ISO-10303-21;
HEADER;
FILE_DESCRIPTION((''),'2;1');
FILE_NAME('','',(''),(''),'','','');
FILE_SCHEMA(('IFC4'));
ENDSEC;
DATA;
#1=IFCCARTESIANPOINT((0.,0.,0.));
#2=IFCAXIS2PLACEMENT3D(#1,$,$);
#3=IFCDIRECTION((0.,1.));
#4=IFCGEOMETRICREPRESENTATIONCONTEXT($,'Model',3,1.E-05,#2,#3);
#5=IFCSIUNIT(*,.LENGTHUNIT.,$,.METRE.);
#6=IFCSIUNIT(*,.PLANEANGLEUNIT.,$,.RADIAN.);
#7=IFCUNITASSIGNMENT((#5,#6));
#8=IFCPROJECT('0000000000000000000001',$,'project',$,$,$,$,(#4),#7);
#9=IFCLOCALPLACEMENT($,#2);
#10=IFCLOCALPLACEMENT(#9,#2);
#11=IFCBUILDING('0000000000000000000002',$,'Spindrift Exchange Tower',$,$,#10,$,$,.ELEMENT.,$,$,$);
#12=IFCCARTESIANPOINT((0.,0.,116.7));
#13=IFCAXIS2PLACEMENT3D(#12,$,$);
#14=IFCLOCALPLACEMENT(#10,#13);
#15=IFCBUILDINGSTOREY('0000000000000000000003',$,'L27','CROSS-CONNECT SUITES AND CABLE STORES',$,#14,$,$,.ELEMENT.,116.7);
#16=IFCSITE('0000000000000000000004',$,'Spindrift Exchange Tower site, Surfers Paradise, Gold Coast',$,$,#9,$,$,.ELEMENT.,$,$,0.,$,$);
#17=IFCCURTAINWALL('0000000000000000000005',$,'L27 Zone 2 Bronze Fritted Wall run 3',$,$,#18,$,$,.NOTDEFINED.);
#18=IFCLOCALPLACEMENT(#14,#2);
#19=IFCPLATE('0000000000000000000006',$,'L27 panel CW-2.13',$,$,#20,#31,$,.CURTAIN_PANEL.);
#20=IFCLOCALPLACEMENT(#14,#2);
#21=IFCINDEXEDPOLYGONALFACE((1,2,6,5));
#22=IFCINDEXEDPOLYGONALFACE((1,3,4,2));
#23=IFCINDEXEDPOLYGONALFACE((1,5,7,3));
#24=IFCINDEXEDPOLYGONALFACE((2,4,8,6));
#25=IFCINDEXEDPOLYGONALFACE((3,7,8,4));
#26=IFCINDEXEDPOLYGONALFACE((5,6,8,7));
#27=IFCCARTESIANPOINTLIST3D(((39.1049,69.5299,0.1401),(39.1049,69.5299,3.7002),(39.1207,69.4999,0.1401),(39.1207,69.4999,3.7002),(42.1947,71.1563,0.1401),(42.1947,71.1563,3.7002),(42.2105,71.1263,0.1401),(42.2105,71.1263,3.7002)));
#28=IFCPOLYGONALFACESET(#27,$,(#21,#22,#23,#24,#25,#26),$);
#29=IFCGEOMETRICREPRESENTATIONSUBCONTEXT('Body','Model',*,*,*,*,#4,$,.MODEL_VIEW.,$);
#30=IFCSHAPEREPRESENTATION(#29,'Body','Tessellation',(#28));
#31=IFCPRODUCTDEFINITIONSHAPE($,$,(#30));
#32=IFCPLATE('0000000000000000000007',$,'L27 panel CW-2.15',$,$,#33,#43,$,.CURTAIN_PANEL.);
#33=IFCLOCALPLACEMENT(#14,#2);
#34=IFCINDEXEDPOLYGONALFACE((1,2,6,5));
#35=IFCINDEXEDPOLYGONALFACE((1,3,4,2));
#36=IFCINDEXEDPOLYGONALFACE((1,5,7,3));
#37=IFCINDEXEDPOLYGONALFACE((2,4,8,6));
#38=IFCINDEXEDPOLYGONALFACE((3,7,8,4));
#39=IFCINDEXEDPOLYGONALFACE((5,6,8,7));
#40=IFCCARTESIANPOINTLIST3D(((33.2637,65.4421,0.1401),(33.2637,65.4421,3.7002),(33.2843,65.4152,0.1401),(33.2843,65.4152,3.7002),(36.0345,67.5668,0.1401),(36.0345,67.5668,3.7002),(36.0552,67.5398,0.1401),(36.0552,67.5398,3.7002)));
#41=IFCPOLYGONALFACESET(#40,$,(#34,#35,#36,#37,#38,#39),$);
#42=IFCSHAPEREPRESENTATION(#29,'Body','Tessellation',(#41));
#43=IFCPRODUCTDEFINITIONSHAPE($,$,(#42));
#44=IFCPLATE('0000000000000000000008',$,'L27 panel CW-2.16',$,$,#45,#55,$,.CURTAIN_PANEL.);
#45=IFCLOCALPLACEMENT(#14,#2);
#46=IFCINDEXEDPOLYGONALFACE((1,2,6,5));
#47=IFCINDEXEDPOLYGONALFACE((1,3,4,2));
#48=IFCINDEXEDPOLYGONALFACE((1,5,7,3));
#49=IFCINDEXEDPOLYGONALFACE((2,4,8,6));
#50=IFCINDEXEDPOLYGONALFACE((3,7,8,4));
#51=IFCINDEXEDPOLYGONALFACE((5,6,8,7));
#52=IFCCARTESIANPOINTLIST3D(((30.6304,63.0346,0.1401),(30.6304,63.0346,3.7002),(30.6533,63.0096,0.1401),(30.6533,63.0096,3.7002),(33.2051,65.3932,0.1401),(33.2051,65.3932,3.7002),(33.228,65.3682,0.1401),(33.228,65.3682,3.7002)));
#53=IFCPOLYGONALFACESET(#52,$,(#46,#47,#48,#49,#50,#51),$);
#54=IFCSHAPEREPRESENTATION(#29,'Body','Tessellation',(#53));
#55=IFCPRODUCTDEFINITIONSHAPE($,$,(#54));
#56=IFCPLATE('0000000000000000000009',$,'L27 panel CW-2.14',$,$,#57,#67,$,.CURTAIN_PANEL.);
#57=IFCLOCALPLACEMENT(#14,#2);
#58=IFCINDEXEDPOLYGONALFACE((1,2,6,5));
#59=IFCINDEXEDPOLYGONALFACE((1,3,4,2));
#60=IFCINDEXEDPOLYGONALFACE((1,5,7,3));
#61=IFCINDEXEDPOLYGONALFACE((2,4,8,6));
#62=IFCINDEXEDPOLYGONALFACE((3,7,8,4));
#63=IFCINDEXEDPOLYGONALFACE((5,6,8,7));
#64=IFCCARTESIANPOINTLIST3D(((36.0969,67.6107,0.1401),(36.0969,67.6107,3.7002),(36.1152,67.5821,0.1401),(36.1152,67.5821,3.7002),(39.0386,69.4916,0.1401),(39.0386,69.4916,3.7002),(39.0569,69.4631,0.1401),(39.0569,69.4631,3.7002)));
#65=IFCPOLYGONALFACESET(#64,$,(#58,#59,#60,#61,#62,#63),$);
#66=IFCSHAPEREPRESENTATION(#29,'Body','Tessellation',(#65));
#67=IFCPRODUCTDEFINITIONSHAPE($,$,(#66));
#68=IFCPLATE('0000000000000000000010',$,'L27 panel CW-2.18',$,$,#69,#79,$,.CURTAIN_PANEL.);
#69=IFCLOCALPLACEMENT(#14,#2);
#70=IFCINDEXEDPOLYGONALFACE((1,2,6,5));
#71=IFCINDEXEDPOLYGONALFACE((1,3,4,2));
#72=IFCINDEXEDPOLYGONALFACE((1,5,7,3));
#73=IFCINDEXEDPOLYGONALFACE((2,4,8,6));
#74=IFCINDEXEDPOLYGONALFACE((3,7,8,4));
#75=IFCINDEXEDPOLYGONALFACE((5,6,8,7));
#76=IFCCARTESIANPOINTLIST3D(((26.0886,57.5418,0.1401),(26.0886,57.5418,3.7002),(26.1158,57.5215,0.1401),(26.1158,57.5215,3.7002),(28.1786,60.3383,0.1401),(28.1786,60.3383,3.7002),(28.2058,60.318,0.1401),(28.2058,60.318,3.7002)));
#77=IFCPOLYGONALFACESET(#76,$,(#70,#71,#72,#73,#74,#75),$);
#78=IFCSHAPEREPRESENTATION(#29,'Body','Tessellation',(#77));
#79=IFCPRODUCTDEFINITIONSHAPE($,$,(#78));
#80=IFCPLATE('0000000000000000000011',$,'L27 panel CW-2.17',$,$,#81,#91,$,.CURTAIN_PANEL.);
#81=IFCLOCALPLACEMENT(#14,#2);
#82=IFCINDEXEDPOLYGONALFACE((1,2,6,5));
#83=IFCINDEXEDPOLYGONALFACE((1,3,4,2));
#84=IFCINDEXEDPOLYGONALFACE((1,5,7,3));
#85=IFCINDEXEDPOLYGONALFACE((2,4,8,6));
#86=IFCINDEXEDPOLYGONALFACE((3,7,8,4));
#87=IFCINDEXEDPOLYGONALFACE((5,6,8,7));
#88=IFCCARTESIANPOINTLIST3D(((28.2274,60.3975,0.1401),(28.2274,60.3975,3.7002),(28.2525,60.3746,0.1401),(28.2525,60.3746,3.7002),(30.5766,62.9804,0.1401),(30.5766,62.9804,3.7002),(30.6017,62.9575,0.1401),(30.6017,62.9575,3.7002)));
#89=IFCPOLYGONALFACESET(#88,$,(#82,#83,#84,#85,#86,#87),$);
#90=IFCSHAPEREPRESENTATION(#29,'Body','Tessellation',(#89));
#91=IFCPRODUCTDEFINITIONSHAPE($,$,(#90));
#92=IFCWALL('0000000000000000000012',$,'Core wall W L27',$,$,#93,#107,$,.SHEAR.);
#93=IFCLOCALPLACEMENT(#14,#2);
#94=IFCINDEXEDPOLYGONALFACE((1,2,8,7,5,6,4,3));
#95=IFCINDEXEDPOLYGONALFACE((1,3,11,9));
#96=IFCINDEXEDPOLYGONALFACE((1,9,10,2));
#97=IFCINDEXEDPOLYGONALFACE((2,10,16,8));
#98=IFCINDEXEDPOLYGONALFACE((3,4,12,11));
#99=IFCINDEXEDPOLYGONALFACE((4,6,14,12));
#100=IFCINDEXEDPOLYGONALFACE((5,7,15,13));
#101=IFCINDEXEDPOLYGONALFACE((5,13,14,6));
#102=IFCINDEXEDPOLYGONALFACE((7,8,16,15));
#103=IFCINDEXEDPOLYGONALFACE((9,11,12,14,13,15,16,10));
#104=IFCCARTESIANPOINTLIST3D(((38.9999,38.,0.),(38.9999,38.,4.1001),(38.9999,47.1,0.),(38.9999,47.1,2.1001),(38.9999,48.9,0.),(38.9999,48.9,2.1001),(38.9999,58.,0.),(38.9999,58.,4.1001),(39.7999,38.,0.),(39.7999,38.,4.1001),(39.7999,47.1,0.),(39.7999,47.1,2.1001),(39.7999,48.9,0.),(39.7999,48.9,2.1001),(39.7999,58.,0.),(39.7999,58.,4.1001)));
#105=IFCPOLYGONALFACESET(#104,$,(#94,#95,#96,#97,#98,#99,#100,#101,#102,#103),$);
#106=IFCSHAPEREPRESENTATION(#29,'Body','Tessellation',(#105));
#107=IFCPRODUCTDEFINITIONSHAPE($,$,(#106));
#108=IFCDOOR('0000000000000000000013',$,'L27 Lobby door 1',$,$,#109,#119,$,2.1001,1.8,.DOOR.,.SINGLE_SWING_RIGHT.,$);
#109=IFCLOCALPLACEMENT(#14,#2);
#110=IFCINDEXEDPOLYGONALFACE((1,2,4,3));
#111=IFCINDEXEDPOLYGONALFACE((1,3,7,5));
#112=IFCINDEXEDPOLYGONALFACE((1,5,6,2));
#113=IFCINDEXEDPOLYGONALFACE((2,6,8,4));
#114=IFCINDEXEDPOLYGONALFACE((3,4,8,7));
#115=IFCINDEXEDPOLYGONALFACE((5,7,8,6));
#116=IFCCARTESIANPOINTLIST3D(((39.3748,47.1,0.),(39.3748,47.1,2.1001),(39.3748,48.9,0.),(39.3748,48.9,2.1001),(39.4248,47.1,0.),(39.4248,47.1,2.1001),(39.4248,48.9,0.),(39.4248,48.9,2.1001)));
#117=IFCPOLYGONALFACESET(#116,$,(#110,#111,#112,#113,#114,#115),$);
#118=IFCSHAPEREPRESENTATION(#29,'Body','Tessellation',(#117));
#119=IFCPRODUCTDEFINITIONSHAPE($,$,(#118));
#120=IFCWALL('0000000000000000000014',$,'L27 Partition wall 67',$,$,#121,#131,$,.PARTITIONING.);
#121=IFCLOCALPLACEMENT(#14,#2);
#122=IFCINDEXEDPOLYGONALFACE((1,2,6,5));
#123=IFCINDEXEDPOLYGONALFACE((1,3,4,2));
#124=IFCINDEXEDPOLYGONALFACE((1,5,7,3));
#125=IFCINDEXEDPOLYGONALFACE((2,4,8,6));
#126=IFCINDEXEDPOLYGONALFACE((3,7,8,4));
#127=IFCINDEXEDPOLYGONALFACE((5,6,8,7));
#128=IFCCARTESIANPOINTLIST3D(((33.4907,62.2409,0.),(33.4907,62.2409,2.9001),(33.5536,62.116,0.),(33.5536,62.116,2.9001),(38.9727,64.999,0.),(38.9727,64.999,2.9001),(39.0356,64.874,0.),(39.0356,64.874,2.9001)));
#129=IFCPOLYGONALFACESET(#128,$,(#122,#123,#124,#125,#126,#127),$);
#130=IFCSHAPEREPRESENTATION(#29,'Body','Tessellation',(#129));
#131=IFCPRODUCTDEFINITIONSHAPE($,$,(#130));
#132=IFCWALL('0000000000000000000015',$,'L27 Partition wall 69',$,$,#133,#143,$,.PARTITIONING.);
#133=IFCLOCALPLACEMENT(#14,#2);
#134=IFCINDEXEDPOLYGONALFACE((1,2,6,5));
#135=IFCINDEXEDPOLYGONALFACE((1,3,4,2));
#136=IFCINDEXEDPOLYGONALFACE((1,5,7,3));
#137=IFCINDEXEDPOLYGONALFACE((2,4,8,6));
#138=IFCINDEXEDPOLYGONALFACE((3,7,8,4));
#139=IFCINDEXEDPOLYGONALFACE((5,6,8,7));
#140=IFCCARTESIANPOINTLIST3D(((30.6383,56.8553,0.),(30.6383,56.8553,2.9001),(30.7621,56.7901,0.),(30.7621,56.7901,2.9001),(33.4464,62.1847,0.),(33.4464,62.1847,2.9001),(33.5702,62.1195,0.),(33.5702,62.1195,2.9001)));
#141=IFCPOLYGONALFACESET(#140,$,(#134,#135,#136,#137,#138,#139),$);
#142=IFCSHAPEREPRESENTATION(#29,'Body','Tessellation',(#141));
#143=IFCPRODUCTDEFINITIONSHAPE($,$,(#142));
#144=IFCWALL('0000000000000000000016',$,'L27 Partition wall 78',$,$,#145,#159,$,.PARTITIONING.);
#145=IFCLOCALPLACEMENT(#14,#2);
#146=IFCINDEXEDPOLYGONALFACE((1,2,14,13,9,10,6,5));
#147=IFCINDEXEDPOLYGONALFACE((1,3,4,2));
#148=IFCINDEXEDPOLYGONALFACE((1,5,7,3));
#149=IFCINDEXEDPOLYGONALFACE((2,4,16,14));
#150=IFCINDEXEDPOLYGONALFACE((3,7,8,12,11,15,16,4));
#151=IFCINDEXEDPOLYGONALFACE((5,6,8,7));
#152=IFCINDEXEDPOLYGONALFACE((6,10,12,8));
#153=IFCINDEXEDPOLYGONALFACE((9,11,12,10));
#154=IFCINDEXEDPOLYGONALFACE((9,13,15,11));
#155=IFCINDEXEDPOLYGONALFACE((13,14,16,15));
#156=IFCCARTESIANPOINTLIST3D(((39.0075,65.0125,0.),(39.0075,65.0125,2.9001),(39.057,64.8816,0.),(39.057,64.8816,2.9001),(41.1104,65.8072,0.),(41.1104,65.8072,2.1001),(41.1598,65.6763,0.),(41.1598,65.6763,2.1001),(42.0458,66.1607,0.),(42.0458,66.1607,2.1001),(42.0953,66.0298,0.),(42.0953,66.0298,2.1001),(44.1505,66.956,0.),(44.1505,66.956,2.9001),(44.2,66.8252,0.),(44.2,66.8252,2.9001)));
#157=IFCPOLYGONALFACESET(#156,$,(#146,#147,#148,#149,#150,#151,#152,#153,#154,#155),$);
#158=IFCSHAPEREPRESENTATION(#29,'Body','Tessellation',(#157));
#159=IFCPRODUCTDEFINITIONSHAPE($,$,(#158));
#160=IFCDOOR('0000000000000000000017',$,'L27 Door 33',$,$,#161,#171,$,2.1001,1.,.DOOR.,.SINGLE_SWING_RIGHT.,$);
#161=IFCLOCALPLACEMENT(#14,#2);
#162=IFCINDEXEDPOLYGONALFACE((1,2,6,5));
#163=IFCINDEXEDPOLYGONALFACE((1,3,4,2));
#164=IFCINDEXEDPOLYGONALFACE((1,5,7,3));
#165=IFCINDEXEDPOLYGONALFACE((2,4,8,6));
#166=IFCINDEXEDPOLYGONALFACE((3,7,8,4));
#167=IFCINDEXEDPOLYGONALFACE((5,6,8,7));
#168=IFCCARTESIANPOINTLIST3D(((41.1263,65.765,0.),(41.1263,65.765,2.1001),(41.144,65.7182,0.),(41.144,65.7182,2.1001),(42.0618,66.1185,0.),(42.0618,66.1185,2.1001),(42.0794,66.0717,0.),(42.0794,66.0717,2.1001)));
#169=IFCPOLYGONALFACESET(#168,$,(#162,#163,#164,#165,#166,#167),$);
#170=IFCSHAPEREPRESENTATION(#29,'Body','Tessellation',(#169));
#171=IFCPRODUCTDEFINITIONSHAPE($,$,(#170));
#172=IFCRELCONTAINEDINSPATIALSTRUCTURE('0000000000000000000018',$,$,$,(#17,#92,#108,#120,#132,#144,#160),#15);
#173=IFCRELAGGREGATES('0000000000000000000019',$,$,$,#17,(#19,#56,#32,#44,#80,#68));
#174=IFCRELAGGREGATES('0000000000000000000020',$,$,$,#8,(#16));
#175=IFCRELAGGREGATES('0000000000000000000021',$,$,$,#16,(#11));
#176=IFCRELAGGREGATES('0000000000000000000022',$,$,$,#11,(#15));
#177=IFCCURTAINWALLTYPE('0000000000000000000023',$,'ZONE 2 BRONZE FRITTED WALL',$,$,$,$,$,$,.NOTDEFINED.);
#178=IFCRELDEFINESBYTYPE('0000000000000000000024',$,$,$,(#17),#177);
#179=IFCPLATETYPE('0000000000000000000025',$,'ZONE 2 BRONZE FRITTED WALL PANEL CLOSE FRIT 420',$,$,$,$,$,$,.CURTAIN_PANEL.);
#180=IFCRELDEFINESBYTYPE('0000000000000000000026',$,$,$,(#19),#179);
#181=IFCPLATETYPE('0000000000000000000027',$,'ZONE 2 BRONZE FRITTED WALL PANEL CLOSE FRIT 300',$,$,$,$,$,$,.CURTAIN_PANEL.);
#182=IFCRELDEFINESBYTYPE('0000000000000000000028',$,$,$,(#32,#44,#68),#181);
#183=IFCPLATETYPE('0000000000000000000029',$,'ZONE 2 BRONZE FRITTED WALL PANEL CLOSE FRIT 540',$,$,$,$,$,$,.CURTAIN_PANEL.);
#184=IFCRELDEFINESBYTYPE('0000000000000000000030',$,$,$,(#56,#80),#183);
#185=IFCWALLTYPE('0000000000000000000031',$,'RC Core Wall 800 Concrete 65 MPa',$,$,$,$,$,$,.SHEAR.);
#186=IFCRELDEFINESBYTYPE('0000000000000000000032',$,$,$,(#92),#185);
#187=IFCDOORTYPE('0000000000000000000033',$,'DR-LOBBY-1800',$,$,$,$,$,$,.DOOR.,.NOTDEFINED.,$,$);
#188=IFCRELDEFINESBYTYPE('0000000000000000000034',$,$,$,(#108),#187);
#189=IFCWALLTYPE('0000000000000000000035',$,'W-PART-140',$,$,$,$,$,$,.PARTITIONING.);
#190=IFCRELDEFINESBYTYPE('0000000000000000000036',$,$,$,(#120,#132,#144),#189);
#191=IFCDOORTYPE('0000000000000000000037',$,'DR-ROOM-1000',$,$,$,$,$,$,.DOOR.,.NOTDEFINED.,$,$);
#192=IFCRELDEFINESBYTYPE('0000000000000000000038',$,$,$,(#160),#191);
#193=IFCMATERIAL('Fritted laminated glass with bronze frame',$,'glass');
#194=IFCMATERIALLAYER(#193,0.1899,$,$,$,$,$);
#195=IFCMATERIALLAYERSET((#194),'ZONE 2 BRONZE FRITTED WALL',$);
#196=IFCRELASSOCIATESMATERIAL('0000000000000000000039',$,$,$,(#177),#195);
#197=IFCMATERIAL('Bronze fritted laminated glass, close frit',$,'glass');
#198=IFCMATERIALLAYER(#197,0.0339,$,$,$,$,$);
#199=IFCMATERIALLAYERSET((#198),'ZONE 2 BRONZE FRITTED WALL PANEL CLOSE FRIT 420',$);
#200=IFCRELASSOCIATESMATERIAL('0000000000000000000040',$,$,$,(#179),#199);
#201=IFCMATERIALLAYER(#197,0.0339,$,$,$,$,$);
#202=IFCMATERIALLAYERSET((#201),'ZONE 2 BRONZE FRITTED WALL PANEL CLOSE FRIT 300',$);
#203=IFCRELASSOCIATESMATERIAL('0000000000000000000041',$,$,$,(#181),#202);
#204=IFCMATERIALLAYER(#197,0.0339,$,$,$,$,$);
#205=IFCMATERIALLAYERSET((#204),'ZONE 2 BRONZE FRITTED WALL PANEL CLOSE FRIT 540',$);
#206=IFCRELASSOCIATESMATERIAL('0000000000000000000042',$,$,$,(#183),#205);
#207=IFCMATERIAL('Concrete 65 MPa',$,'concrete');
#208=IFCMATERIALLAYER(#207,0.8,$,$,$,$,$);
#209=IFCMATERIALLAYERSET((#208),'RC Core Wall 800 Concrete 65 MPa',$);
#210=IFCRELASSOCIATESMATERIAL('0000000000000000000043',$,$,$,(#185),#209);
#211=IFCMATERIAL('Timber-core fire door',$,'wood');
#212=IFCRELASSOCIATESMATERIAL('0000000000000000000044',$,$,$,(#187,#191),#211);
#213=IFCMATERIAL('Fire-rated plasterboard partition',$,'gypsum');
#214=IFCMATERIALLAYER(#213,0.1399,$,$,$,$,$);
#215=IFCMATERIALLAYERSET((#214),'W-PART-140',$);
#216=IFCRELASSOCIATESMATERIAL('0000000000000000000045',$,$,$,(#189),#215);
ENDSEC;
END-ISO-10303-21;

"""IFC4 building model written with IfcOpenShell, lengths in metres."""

from ifc_helpers import new_model, si_unit, direction, frame, frame_2d, origin, origin_2d, place, context, subcontext, project, spatial, rectangle, extrude, source, transform, mapped, material, layer, layer_set, type_object, element, fill, aggregate, save


model = new_model("IFC4")

# Units and contexts
model_context = context("Model", 3, precision=1e-05, world=origin(), true_north=direction((0.0, 1.0)))
body_context = subcontext(model_context, "Body", "Model", "MODEL_VIEW")
ifc_project = project(units=[si_unit("LENGTHUNIT", "METRE"), si_unit("PLANEANGLEUNIT", "RADIAN")], contexts=[model_context])

# Site, building, storey
site_placement = place(None, origin())
site = spatial("IfcSite", under=ifc_project, at=site_placement, Name="Spindrift Exchange Tower site, Surfers Paradise, Gold Coast", CompositionType="ELEMENT", RefElevation=0.0)
building_placement = place(site_placement, origin())
building = spatial("IfcBuilding", under=site, at=building_placement, Name="Spindrift Exchange Tower", CompositionType="ELEMENT")
storey_placement = place(building_placement, frame((0.0, 0.0, 116.7)))
storey = spatial("IfcBuildingStorey", under=building, at=storey_placement, Name="L27", Description="CROSS-CONNECT SUITES AND CABLE STORES", CompositionType="ELEMENT", Elevation=116.7)

# Shared definitions
ifc_material_1 = material(Name="Concrete 65 MPa", Category="concrete")

# Curtain wall, plates
ifc_material_2 = material(Name="Fritted laminated glass with bronze frame", Category="glass")
ifc_layer_1 = layer(ifc_material_2, 0.1899)
ifc_layer_set_1 = layer_set([ifc_layer_1], Name="ZONE 2 BRONZE FRITTED WALL")
curtain_wall_type = type_object("IfcCurtainWallType", Name="ZONE 2 BRONZE FRITTED WALL", PredefinedType="NOTDEFINED", material=ifc_layer_set_1)
curtain_wall_placement = place(storey_placement, origin())
curtain_wall = element("IfcCurtainWall", 1, at=curtain_wall_placement, inside=storey, type_object=curtain_wall_type, Name="L27 Zone 2 Bronze Fritted Wall run 3", PredefinedType="NOTDEFINED")
ifc_material_3 = material(Name="Bronze fritted laminated glass, close frit", Category="glass")
ifc_layer_2 = layer(ifc_material_3, 0.0339)
ifc_layer_set_2 = layer_set([ifc_layer_2], Name="ZONE 2 BRONZE FRITTED WALL PANEL CLOSE FRIT 420")
plate_type_1 = type_object("IfcPlateType", Name="ZONE 2 BRONZE FRITTED WALL PANEL CLOSE FRIT 420", PredefinedType="CURTAIN_PANEL", material=ifc_layer_set_2)
shared_shape_1 = source(origin(), body_context, "Body", "SweptSolid", [
    extrude(rectangle(XDim=3.4917, YDim=0.0339, at=origin_2d()), origin(), (0.0, 0.0, 1.0), 3.5601),
])
plate_1_placement = place(storey_placement, frame((40.6577, 70.3281, 0.1401), z_axis=(0.0, 0.0, 1.0), x_axis=(-0.884896, -0.465789, 0.0)))
plate_1 = element("IfcPlate", 2, at=plate_1_placement, type_object=plate_type_1, Name="L27 panel CW-2.13", PredefinedType="CURTAIN_PANEL", context=body_context, shape_type="MappedRepresentation", body=[
    mapped(shared_shape_1, transform((0.0, 0.0, 0.0), scale=1.0)),
])
ifc_layer_3 = layer(ifc_material_3, 0.0339)
ifc_layer_set_3 = layer_set([ifc_layer_3], Name="ZONE 2 BRONZE FRITTED WALL PANEL CLOSE FRIT 300")
plate_type_2 = type_object("IfcPlateType", Name="ZONE 2 BRONZE FRITTED WALL PANEL CLOSE FRIT 300", PredefinedType="CURTAIN_PANEL", material=ifc_layer_set_3)
shared_shape_2 = source(origin(), body_context, "Body", "SweptSolid", [
    extrude(rectangle(XDim=3.4917, YDim=0.0339, at=origin_2d()), origin(), (0.0, 0.0, 1.0), 3.5601),
])
plate_2_placement = place(storey_placement, frame((34.6594, 66.491, 0.1401), z_axis=(0.0, 0.0, 1.0), x_axis=(-0.793566, -0.608484, 0.0)))
plate_2 = element("IfcPlate", 3, at=plate_2_placement, type_object=plate_type_2, Name="L27 panel CW-2.15", PredefinedType="CURTAIN_PANEL", context=body_context, shape_type="MappedRepresentation", body=[
    mapped(shared_shape_2, transform((0.0, 0.0, 0.0), scale=1.0)),
])
plate_3_placement = place(storey_placement, frame((31.9292, 64.2014, 0.1401), z_axis=(0.0, 0.0, 1.0), x_axis=(-0.737369, -0.67549, 0.0)))
plate_3 = element("IfcPlate", 4, at=plate_3_placement, type_object=plate_type_2, Name="L27 panel CW-2.16", PredefinedType="CURTAIN_PANEL", context=body_context, shape_type="MappedRepresentation", body=[
    mapped(shared_shape_2, transform((0.0, 0.0, 0.0), scale=1.0)),
])
ifc_layer_4 = layer(ifc_material_3, 0.0339)
ifc_layer_set_4 = layer_set([ifc_layer_4], Name="ZONE 2 BRONZE FRITTED WALL PANEL CLOSE FRIT 540")
plate_type_3 = type_object("IfcPlateType", Name="ZONE 2 BRONZE FRITTED WALL PANEL CLOSE FRIT 540", PredefinedType="CURTAIN_PANEL", material=ifc_layer_set_4)
shared_shape_3 = source(origin(), body_context, "Body", "SweptSolid", [
    extrude(rectangle(XDim=3.4917, YDim=0.0339, at=origin_2d()), origin(), (0.0, 0.0, 1.0), 3.5601),
])
plate_4_placement = place(storey_placement, frame((37.5769, 68.5369, 0.1401), z_axis=(0.0, 0.0, 1.0), x_axis=(-0.8425, -0.538696, 0.0)))
plate_4 = element("IfcPlate", 5, at=plate_4_placement, type_object=plate_type_3, Name="L27 panel CW-2.14", PredefinedType="CURTAIN_PANEL", context=body_context, shape_type="MappedRepresentation", body=[
    mapped(shared_shape_3, transform((0.0, 0.0, 0.0), scale=1.0)),
])
shared_shape_4 = source(origin(), body_context, "Body", "SweptSolid", [
    extrude(rectangle(XDim=3.4912, YDim=0.0339, at=origin_2d()), origin(), (0.0, 0.0, 1.0), 3.5601),
])
plate_5_placement = place(storey_placement, frame((27.1472, 58.9299, 0.1401), z_axis=(0.0, 0.0, 1.0), x_axis=(-0.598645, -0.801015, 0.0)))
plate_5 = element("IfcPlate", 6, at=plate_5_placement, type_object=plate_type_2, Name="L27 panel CW-2.18", PredefinedType="CURTAIN_PANEL", context=body_context, shape_type="MappedRepresentation", body=[
    mapped(shared_shape_4, transform((0.0, 0.0, 0.0), scale=1.0)),
])
shared_shape_5 = source(origin(), body_context, "Body", "SweptSolid", [
    extrude(rectangle(XDim=3.4915, YDim=0.0339, at=origin_2d()), origin(), (0.0, 0.0, 1.0), 3.5601),
])
plate_6_placement = place(storey_placement, frame((29.4146, 61.6775, 0.1401), z_axis=(0.0, 0.0, 1.0), x_axis=(-0.67285, -0.739779, 0.0)))
plate_6 = element("IfcPlate", 7, at=plate_6_placement, type_object=plate_type_3, Name="L27 panel CW-2.17", PredefinedType="CURTAIN_PANEL", context=body_context, shape_type="MappedRepresentation", body=[
    mapped(shared_shape_5, transform((0.0, 0.0, 0.0), scale=1.0)),
])
aggregate(curtain_wall, [plate_1, plate_4, plate_2, plate_3, plate_6, plate_5])

# Wall, opening, door
ifc_layer_5 = layer(ifc_material_1, 0.8)
ifc_layer_set_5 = layer_set([ifc_layer_5], Name="RC Core Wall 800 Concrete 65 MPa")
wall_type_1 = type_object("IfcWallType", Name="RC Core Wall 800 Concrete 65 MPa", PredefinedType="SHEAR", material=ifc_layer_set_5)
wall_1_placement = place(storey_placement, frame((39.3999, 58.0, 0.0), z_axis=(0.0, 0.0, 1.0), x_axis=(0.0, -1.0, 0.0)))
wall_1 = element("IfcWall", 8, at=wall_1_placement, inside=storey, type_object=wall_type_1, Name="Core wall W L27", PredefinedType="SHEAR", context=body_context, shape_type="SweptSolid", body=[
    extrude(rectangle(XDim=20.0, YDim=0.8, at=frame_2d((10.0, 0.0))), origin(), (0.0, 0.0, 1.0), 4.1001),
])
opening_1_placement = place(wall_1_placement, frame((9.1001, 0.0, 0.0)))
opening_1 = element("IfcOpeningElement", 9, at=opening_1_placement, cuts=wall_1, PredefinedType="OPENING", context=body_context, shape_type="SweptSolid", body=[
    extrude(rectangle(XDim=1.8, YDim=2.1001, at=frame_2d((0.8999, 1.05))), frame((0.0, 0.4099, 0.0), z_axis=(0.0, -1.0, 0.0), x_axis=(1.0, 0.0, 0.0)), (0.0, 0.0, 1.0), 0.8201),
])
ifc_material_4 = material(Name="Timber-core fire door", Category="wood")
door_type_1 = type_object("IfcDoorType", Name="DR-LOBBY-1800", OperationType="NOTDEFINED", PredefinedType="DOOR", material=ifc_material_4)
shared_shape_6 = source(origin(), body_context, "Body", "SweptSolid", [
    extrude(rectangle(XDim=1.8, YDim=2.1001, at=frame_2d((0.8999, 1.05))), frame((0.0, 0.0249, 0.0), z_axis=(0.0, -1.0, 0.0), x_axis=(1.0, 0.0, 0.0)), (0.0, 0.0, 1.0), 0.05),
])
door_1_placement = place(opening_1_placement, origin())
door_1 = element("IfcDoor", 10, at=door_1_placement, inside=storey, type_object=door_type_1, Name="L27 Lobby door 1", OperationType="SINGLE_SWING_RIGHT", OverallHeight=2.1001, OverallWidth=1.8, PredefinedType="DOOR", context=body_context, shape_type="MappedRepresentation", body=[
    mapped(shared_shape_6, transform((0.0, 0.0, 0.0), scale=1.0)),
])
fill(opening_1, door_1)

# Walls
ifc_material_5 = material(Name="Fire-rated plasterboard partition", Category="gypsum")
ifc_layer_6 = layer(ifc_material_5, 0.1399)
ifc_layer_set_6 = layer_set([ifc_layer_6], Name="W-PART-140")
wall_type_2 = type_object("IfcWallType", Name="W-PART-140", PredefinedType="PARTITIONING", material=ifc_layer_set_6)
wall_2_placement = place(storey_placement, frame((39.0042, 64.9365, 0.0), z_axis=(0.0, 0.0, 1.0), x_axis=(-0.89331, -0.44944, 0.0)))
element("IfcWall", 11, at=wall_2_placement, inside=storey, type_object=wall_type_2, Name="L27 Partition wall 67", PredefinedType="PARTITIONING", context=body_context, shape_type="SweptSolid", body=[
    extrude(rectangle(XDim=6.1367, YDim=0.1399, at=frame_2d((3.0684, 0.0))), origin(), (0.0, 0.0, 1.0), 2.9001),
])
wall_3_placement = place(storey_placement, frame((33.5083, 62.1521, 0.0), z_axis=(0.0, 0.0, 1.0), x_axis=(-0.466161, -0.8847, 0.0)))
element("IfcWall", 12, at=wall_3_placement, inside=storey, type_object=wall_type_2, Name="L27 Partition wall 69", PredefinedType="PARTITIONING", context=body_context, shape_type="SweptSolid", body=[
    extrude(rectangle(XDim=6.0239, YDim=0.1399, at=frame_2d((3.012, 0.0))), origin(), (0.0, 0.0, 1.0), 2.9001),
])

# Wall, opening, door
wall_4_placement = place(storey_placement, frame((39.0322, 64.947, 0.0), z_axis=(0.0, 0.0, 1.0), x_axis=(0.935432, 0.353507, 0.0)))
wall_4 = element("IfcWall", 13, at=wall_4_placement, inside=storey, type_object=wall_type_2, Name="L27 Partition wall 78", PredefinedType="PARTITIONING", context=body_context, shape_type="SweptSolid", body=[
    extrude(rectangle(XDim=5.498, YDim=0.1399, at=frame_2d((2.749, 0.0))), origin(), (0.0, 0.0, 1.0), 2.9001),
])
opening_2_placement = place(wall_4_placement, frame((2.248, 0.0, 0.0)))
opening_2 = element("IfcOpeningElement", 14, at=opening_2_placement, cuts=wall_4, PredefinedType="OPENING", context=body_context, shape_type="SweptSolid", body=[
    extrude(rectangle(XDim=1.0, YDim=2.1001, at=frame_2d((0.5, 1.05))), frame((0.0, 0.0798, 0.0), z_axis=(0.0, -1.0, 0.0), x_axis=(1.0, 0.0, 0.0)), (0.0, 0.0, 1.0), 0.1599),
])
door_type_2 = type_object("IfcDoorType", Name="DR-ROOM-1000", OperationType="NOTDEFINED", PredefinedType="DOOR", material=ifc_material_4)
shared_shape_7 = source(origin(), body_context, "Body", "SweptSolid", [
    extrude(rectangle(XDim=1.0, YDim=2.1001, at=frame_2d((0.5, 1.05))), frame((0.0, 0.0249, 0.0), z_axis=(0.0, -1.0, 0.0), x_axis=(1.0, 0.0, 0.0)), (0.0, 0.0, 1.0), 0.05),
])
door_2_placement = place(opening_2_placement, origin())
door_2 = element("IfcDoor", 15, at=door_2_placement, inside=storey, type_object=door_type_2, Name="L27 Door 33", OperationType="SINGLE_SWING_RIGHT", OverallHeight=2.1001, OverallWidth=1.0, PredefinedType="DOOR", context=body_context, shape_type="MappedRepresentation", body=[
    mapped(shared_shape_7, transform((0.0, 0.0, 0.0), scale=1.0)),
])
fill(opening_2, door_2)

save(model, "model.ifc")
